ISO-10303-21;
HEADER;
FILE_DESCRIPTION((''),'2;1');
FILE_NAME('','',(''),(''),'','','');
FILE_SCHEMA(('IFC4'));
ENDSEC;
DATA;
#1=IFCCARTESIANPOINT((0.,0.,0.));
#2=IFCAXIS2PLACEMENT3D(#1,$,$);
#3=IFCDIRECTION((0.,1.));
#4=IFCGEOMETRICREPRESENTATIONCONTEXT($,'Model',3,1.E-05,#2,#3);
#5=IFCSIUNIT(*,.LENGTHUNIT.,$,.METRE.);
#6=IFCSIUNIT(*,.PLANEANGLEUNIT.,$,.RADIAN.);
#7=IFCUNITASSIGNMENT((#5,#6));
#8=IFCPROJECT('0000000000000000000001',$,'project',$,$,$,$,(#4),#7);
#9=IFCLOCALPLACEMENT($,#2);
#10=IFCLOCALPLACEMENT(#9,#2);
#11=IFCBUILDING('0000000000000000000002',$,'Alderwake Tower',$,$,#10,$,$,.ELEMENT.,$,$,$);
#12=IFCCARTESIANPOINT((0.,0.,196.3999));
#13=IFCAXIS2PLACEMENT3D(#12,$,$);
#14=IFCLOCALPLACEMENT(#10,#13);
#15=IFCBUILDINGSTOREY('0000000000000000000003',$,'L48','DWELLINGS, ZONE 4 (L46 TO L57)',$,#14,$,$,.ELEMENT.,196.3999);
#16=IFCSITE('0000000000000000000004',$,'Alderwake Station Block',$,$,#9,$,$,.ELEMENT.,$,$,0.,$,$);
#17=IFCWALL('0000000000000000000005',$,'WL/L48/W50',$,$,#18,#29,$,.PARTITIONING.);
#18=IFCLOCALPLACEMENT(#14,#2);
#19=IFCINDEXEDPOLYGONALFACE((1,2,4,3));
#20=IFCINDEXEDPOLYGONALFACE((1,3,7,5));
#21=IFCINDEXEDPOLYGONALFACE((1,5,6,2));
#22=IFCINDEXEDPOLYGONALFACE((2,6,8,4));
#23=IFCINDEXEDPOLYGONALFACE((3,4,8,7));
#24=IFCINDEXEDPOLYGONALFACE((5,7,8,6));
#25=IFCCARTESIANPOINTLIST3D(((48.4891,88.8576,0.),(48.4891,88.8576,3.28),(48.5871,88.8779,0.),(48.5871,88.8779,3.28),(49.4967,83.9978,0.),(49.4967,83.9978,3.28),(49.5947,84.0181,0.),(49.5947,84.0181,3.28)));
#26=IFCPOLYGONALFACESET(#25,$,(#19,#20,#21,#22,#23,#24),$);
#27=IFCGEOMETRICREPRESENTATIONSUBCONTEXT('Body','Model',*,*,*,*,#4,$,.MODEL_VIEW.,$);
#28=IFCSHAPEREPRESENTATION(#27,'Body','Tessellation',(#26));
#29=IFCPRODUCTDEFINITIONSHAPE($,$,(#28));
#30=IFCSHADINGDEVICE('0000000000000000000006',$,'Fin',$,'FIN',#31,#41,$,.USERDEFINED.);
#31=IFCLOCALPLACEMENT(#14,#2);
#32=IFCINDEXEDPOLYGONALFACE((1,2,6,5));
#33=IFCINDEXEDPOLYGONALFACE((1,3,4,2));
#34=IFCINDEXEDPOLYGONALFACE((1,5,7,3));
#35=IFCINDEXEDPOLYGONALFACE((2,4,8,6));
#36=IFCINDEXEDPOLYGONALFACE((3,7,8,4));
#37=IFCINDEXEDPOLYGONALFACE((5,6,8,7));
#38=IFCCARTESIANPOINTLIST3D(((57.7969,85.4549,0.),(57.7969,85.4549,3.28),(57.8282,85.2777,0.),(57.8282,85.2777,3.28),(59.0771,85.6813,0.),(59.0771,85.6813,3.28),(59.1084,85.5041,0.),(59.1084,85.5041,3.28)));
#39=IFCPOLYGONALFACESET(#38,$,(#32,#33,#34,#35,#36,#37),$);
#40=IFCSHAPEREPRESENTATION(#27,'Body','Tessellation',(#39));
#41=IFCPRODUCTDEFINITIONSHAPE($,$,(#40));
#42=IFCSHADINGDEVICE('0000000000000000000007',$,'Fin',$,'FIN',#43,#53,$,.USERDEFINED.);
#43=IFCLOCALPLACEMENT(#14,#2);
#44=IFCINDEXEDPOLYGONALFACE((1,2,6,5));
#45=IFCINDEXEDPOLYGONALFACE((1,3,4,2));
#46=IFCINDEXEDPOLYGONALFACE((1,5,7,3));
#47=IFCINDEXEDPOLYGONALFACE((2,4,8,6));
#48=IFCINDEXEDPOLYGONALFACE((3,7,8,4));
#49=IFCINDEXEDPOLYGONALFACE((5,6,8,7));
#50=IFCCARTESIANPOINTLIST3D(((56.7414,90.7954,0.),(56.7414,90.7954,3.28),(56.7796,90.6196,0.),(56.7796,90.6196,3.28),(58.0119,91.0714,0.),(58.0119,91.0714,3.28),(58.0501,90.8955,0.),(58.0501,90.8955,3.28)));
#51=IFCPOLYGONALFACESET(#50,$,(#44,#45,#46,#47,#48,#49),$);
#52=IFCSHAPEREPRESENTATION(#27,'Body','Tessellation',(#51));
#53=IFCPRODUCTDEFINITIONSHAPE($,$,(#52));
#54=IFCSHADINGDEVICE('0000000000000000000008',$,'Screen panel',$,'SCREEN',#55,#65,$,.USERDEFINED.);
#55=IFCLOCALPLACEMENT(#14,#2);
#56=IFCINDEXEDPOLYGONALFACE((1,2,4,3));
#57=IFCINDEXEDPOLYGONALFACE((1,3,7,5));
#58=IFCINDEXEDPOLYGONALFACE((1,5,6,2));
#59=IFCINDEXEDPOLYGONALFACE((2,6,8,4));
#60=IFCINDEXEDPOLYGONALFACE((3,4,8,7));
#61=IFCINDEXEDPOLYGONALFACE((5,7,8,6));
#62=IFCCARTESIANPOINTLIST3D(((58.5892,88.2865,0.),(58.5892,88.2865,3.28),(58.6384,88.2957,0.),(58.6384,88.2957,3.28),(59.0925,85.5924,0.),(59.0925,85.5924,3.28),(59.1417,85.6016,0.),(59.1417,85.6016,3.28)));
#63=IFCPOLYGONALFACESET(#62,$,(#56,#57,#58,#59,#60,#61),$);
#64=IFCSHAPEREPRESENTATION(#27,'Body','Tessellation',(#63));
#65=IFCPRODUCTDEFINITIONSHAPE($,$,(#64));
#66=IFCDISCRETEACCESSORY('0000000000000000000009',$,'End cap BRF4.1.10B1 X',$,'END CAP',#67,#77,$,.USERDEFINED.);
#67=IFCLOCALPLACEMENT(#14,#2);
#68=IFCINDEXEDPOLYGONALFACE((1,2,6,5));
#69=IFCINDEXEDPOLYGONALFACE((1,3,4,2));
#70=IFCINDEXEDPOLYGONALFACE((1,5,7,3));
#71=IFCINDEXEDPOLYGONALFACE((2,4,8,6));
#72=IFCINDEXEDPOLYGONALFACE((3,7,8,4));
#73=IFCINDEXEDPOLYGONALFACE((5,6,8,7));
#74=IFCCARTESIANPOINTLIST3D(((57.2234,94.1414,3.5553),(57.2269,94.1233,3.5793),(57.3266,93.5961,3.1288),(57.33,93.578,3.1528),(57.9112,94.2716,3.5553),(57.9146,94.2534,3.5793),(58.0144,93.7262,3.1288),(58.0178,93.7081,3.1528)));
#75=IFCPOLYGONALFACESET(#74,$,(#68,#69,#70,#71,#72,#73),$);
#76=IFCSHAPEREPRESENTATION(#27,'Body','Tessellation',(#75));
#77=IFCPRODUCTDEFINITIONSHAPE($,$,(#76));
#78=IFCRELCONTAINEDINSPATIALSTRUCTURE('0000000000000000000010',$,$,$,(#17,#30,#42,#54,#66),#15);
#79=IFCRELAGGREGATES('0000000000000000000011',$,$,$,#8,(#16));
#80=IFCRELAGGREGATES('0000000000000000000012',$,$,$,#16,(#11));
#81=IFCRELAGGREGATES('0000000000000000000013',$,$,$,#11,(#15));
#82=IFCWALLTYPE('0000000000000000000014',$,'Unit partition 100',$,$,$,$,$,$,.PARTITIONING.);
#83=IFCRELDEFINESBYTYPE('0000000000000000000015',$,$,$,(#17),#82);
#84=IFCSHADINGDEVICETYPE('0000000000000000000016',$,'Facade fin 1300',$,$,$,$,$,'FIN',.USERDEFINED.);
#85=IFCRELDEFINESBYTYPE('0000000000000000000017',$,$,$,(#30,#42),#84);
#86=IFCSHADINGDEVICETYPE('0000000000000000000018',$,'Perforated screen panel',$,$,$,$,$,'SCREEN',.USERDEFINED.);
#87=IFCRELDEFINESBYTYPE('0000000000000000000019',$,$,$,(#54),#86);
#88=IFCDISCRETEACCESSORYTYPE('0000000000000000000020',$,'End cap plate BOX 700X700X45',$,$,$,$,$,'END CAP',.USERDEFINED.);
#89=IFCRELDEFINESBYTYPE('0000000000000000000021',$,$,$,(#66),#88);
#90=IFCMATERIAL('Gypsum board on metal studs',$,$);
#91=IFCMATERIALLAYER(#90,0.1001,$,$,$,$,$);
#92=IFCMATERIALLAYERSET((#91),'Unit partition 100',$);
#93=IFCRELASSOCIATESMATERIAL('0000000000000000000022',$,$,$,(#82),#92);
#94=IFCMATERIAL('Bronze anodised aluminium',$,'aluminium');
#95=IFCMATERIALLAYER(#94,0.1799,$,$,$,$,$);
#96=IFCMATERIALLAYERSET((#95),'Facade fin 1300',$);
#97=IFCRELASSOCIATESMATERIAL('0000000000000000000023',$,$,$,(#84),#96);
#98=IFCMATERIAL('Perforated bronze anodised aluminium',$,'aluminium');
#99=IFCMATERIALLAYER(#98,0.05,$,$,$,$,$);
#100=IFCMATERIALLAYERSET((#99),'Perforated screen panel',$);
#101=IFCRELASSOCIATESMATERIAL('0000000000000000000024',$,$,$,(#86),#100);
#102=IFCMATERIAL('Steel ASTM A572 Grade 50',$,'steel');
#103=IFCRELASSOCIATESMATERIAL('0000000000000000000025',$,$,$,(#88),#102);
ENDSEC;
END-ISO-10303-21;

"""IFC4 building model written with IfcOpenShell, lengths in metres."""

from ifc_helpers import new_model, si_unit, direction, frame, frame_2d, origin, origin_2d, place, context, subcontext, project, spatial, rectangle, extrude, material, layer, layer_set, material_profile, profile_set, type_object, element, save


model = new_model("IFC4")

# Units and contexts
model_context = context("Model", 3, precision=1e-05, world=origin(), true_north=direction((0.0, 1.0)))
body_context = subcontext(model_context, "Body", "Model", "MODEL_VIEW")
ifc_project = project(units=[si_unit("LENGTHUNIT", "METRE"), si_unit("PLANEANGLEUNIT", "RADIAN")], contexts=[model_context])

# Site, building, storey
site_placement = place(None, origin())
site = spatial("IfcSite", under=ifc_project, at=site_placement, Name="Alderwake Station Block", CompositionType="ELEMENT", RefElevation=0.0)
building_placement = place(site_placement, origin())
building = spatial("IfcBuilding", under=site, at=building_placement, Name="Alderwake Tower", CompositionType="ELEMENT")
storey_placement = place(building_placement, frame((0.0, 0.0, 196.3999)))
storey = spatial("IfcBuildingStorey", under=building, at=storey_placement, Name="L48", Description="DWELLINGS, ZONE 4 (L46 TO L57)", CompositionType="ELEMENT", Elevation=196.3999)

# Shared definitions
ifc_material_1 = material(Name="Gypsum board on metal studs")
ifc_layer_1 = layer(ifc_material_1, 0.1001)
ifc_layer_set_1 = layer_set([ifc_layer_1], Name="Unit partition 100")
wall_type_1 = type_object("IfcWallType", Name="Unit partition 100", PredefinedType="PARTITIONING", material=ifc_layer_set_1)

# Wall
wall_1_placement = place(storey_placement, frame((49.5457, 84.0081, 0.0), z_axis=(0.0, 0.0, 1.0), x_axis=(-0.203007, 0.979177, 0.0)))
element("IfcWall", 1, at=wall_1_placement, inside=storey, type_object=wall_type_1, Name="WL/L48/W50", PredefinedType="PARTITIONING", context=body_context, shape_type="SweptSolid", body=[
    extrude(rectangle(XDim=4.9631, YDim=0.1001, at=frame_2d((2.4814, 0.0))), origin(), (0.0, 0.0, 1.0), 3.28),
])

# Shading devices
ifc_material_2 = material(Name="Bronze anodised aluminium", Category="aluminium")
ifc_layer_2 = layer(ifc_material_2, 0.1799)
ifc_layer_set_2 = layer_set([ifc_layer_2], Name="Facade fin 1300")
shading_device_type_1 = type_object("IfcShadingDeviceType", Name="Facade fin 1300", ElementType="FIN", PredefinedType="USERDEFINED", material=ifc_layer_set_2)
for number, where, z_axis, x_axis, name in (
    (2, (58.4526, 85.4795, 0.0), (0.0, 0.0, 1.0), (0.984726, 0.174109, 0.0), "Fin"),
    (3, (57.3958, 90.8455, 0.0), (0.0, 0.0, 1.0), (0.97721, 0.212273, 0.0), "Fin"),
):
    element("IfcShadingDevice", number, at=place(storey_placement, frame(where, z_axis=z_axis, x_axis=x_axis)), inside=storey, type_object=shading_device_type_1, Name=name, ObjectType="FIN", PredefinedType="USERDEFINED", context=body_context, shape_type="SweptSolid", body=[
        extrude(rectangle(XDim=1.3, YDim=0.1799, at=origin_2d()), origin(), (0.0, 0.0, 1.0), 3.28),
    ])
ifc_material_3 = material(Name="Perforated bronze anodised aluminium", Category="aluminium")
ifc_layer_3 = layer(ifc_material_3, 0.05)
ifc_layer_set_3 = layer_set([ifc_layer_3], Name="Perforated screen panel")
shading_device_type_2 = type_object("IfcShadingDeviceType", Name="Perforated screen panel", ElementType="SCREEN", PredefinedType="USERDEFINED", material=ifc_layer_set_3)
shading_device_placement = place(storey_placement, frame((58.8655, 86.9441, 0.0), z_axis=(0.0, 0.0, 1.0), x_axis=(0.982991, 0.183651, 0.0)))
element("IfcShadingDevice", 4, at=shading_device_placement, inside=storey, type_object=shading_device_type_2, Name="Screen panel", ObjectType="SCREEN", PredefinedType="USERDEFINED", context=body_context, shape_type="SweptSolid", body=[
    extrude(rectangle(XDim=0.05, YDim=2.7407, at=origin_2d()), origin(), (0.0, 0.0, 1.0), 3.28),
])

# Discrete accessory
ifc_material_4 = material(Name="Steel ASTM A572 Grade 50", Category="steel")
ifc_material_profile_1 = material_profile(ifc_material_4, rectangle(XDim=0.7, YDim=0.7, at=origin_2d()), Name="BOX 700X700X45 cap")
ifc_profile_set_1 = profile_set([ifc_material_profile_1], Name="Steel ASTM A572 Grade 50")
discrete_accessory_type = type_object("IfcDiscreteAccessoryType", Name="End cap plate BOX 700X700X45", ElementType="END CAP", PredefinedType="USERDEFINED", material=ifc_profile_set_1)
discrete_accessory_placement = place(storey_placement, frame((57.6189, 93.9338, 3.342), z_axis=(0.113272, -0.598724, 0.792905), x_axis=(0.98257, 0.185892, 0.0)))
element("IfcDiscreteAccessory", 5, at=discrete_accessory_placement, inside=storey, type_object=discrete_accessory_type, Name="End cap BRF4.1.10B1 X", ObjectType="END CAP", PredefinedType="USERDEFINED", context=body_context, shape_type="SweptSolid", body=[
    extrude(rectangle(XDim=0.7, YDim=0.7, at=origin_2d()), origin(), (0.0, 0.0, 1.0), 0.0303),
])

save(model, "model.ifc")
